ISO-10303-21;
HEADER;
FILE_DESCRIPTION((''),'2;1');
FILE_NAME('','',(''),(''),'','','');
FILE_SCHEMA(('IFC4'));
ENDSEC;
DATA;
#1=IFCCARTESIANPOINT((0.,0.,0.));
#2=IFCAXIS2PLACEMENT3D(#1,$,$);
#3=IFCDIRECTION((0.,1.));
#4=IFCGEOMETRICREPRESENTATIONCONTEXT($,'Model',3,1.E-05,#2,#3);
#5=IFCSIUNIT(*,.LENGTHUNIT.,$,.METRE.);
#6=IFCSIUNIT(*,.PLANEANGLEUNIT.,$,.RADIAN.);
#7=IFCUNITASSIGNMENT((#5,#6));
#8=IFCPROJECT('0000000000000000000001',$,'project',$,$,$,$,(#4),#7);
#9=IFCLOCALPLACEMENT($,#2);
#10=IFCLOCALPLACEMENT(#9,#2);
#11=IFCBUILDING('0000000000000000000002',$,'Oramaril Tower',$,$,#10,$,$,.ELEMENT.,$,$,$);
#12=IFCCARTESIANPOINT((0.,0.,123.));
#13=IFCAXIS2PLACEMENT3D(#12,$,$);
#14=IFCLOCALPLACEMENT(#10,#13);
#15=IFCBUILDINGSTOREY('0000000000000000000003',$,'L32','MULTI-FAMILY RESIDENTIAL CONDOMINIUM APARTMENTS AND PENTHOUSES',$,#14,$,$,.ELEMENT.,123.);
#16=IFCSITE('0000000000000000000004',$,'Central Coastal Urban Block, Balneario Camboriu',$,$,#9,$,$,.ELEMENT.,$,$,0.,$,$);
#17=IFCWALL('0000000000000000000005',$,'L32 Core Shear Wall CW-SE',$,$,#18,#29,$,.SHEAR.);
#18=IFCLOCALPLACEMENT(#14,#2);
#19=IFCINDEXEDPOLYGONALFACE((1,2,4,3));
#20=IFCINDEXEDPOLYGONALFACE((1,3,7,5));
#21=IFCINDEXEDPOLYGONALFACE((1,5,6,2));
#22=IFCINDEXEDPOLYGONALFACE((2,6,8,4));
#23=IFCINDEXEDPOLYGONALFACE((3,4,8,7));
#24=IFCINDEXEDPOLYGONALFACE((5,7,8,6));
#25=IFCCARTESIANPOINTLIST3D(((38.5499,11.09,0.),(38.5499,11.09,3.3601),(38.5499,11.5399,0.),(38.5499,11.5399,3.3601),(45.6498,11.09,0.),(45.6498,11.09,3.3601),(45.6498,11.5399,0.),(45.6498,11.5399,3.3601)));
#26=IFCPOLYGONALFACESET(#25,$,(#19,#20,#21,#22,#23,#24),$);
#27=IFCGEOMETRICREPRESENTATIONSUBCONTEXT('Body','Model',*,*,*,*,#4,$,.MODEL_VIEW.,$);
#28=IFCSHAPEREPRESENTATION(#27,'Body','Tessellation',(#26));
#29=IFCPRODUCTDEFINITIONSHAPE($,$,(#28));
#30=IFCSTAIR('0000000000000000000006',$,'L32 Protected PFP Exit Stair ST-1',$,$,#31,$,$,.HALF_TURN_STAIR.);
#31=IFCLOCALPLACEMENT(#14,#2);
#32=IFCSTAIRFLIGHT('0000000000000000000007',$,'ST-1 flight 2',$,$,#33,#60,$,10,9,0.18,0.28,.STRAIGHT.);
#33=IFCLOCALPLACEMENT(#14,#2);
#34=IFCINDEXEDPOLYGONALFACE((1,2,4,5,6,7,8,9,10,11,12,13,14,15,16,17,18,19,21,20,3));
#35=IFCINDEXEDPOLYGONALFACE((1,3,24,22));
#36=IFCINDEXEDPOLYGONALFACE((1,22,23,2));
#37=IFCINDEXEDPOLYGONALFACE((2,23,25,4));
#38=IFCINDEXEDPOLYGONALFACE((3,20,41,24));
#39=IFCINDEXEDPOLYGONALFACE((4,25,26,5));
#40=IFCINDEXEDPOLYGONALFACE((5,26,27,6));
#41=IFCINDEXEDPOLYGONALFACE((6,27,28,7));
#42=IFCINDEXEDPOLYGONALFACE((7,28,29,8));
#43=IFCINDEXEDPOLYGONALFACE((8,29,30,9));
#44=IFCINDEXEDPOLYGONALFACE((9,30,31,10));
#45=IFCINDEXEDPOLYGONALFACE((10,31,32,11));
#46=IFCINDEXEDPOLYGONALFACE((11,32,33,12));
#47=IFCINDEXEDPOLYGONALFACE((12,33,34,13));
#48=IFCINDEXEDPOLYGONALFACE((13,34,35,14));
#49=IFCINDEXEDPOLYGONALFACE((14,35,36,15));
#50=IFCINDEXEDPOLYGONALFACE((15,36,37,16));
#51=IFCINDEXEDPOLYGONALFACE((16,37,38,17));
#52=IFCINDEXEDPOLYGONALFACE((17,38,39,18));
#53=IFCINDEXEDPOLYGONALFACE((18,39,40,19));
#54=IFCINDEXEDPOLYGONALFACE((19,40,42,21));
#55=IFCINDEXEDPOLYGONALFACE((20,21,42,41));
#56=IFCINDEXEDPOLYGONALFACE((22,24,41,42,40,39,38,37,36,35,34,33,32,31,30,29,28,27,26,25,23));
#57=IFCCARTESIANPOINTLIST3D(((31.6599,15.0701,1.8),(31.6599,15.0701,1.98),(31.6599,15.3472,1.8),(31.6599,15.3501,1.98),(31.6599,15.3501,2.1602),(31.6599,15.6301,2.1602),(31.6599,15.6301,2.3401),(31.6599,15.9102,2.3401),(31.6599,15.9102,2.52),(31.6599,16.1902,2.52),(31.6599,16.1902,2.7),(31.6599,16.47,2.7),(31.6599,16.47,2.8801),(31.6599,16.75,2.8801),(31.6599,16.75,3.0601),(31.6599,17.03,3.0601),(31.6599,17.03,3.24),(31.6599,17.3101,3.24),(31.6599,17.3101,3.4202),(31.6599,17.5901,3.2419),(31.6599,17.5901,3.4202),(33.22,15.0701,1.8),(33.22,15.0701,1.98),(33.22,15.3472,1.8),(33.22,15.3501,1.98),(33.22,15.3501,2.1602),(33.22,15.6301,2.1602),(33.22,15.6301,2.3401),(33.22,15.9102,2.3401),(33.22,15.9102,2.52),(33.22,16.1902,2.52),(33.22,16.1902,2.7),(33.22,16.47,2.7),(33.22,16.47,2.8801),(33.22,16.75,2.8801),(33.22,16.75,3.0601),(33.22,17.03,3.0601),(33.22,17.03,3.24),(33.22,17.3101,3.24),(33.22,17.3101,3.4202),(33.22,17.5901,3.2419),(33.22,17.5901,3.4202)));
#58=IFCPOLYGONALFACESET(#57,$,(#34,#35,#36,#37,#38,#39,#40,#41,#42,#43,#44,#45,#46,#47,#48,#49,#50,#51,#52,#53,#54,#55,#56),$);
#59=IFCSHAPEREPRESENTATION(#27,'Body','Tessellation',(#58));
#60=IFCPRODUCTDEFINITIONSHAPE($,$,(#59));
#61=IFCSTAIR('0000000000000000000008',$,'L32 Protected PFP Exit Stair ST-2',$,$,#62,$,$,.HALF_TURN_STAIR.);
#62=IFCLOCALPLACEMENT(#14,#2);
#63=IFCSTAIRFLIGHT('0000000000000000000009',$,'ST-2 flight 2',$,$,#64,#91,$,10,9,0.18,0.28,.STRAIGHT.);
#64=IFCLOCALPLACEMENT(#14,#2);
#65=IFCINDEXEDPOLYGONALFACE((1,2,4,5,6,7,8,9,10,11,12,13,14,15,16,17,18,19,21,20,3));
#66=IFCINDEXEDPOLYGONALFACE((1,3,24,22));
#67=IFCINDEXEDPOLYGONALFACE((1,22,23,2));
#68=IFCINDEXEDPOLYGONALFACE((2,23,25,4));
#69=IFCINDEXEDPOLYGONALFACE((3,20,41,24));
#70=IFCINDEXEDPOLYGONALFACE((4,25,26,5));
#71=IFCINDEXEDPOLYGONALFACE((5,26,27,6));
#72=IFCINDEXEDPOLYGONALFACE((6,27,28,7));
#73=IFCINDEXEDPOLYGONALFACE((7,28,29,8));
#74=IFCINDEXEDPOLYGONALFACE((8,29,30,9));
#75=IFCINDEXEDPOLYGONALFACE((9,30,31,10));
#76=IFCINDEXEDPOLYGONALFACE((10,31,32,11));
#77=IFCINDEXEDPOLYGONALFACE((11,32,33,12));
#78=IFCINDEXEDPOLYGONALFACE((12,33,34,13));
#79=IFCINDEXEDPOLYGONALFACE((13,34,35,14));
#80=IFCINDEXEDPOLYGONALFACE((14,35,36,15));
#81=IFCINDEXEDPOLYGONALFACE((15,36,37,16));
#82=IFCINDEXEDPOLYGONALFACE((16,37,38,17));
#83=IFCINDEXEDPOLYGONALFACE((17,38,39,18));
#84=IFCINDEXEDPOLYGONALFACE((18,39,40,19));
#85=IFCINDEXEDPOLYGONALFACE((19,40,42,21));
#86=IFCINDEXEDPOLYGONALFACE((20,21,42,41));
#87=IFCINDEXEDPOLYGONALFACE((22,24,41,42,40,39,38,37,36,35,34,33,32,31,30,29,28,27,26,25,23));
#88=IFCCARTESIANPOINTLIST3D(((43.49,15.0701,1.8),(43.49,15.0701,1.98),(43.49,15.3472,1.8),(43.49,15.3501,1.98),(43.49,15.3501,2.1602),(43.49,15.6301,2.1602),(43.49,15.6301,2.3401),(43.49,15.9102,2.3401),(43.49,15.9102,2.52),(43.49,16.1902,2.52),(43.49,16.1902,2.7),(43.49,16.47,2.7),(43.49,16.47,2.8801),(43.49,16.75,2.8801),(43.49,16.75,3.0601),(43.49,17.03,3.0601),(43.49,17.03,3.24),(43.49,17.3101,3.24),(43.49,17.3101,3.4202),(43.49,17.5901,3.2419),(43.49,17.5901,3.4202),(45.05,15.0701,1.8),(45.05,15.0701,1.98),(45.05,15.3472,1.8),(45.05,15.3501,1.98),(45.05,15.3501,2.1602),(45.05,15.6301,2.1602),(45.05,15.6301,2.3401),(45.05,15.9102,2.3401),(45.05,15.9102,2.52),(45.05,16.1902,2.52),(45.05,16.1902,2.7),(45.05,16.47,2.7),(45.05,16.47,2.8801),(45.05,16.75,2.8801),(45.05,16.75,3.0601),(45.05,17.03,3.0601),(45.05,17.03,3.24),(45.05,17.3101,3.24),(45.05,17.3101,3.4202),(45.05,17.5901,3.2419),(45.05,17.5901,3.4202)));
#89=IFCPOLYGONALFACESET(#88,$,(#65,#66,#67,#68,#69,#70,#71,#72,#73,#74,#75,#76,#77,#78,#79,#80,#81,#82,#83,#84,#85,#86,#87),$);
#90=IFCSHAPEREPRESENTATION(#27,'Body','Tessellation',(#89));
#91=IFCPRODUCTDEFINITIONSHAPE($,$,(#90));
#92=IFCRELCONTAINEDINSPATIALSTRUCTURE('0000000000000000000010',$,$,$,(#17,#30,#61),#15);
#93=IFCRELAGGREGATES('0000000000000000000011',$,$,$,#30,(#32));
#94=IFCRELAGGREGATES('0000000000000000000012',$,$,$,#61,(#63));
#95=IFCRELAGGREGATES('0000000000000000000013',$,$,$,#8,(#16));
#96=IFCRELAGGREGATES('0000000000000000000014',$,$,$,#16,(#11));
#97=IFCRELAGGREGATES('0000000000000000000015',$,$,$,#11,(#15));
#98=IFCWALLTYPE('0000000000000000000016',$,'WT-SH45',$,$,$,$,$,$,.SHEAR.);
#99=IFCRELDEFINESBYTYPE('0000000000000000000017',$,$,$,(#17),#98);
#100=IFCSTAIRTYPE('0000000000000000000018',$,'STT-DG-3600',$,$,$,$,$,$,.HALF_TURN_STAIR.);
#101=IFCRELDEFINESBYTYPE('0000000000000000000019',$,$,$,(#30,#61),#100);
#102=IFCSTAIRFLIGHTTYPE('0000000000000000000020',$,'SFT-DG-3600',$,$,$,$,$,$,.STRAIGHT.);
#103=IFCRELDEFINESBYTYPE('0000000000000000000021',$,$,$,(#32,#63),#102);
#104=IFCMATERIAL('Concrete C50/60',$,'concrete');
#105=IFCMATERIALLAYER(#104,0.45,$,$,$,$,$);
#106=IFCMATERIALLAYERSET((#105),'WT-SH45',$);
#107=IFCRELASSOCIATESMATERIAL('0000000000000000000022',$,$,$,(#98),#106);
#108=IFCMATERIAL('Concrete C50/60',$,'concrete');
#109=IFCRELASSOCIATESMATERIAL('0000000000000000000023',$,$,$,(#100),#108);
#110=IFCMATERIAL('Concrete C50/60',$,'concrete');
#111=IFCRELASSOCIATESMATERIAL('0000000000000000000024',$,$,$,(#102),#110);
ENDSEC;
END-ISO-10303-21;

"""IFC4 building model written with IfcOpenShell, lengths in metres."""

from ifc_helpers import new_model, si_unit, direction, frame, frame_2d, origin, place, context, subcontext, project, spatial, polyline, rectangle, outline, extrude, material, layer, layer_set, type_object, element, aggregate, save


model = new_model("IFC4")

# Units and contexts
model_context = context("Model", 3, precision=1e-05, world=origin(), true_north=direction((0.0, 1.0)))
body_context = subcontext(model_context, "Body", "Model", "MODEL_VIEW")
ifc_project = project(units=[si_unit("LENGTHUNIT", "METRE"), si_unit("PLANEANGLEUNIT", "RADIAN")], contexts=[model_context])

# Site, building, storey
site_placement = place(None, origin())
site = spatial("IfcSite", under=ifc_project, at=site_placement, Name="Central Coastal Urban Block, Balneario Camboriu", CompositionType="ELEMENT", RefElevation=0.0)
building_placement = place(site_placement, origin())
building = spatial("IfcBuilding", under=site, at=building_placement, Name="Oramaril Tower", CompositionType="ELEMENT")
storey_placement = place(building_placement, frame((0.0, 0.0, 123.0)))
storey = spatial("IfcBuildingStorey", under=building, at=storey_placement, Name="L32", Description="MULTI-FAMILY RESIDENTIAL CONDOMINIUM APARTMENTS AND PENTHOUSES", CompositionType="ELEMENT", Elevation=123.0)

# Wall
ifc_material_1 = material(Name="Concrete C50/60", Category="concrete")
ifc_layer_1 = layer(ifc_material_1, 0.45)
ifc_layer_set_1 = layer_set([ifc_layer_1], Name="WT-SH45")
wall_type_1 = type_object("IfcWallType", Name="WT-SH45", PredefinedType="SHEAR", material=ifc_layer_set_1)
wall_1_placement = place(storey_placement, frame((38.55, 11.3149, 0.0), z_axis=(0.0, 0.0, 1.0), x_axis=(1.0, 0.0, 0.0)))
element("IfcWall", 1, at=wall_1_placement, inside=storey, type_object=wall_type_1, Name="L32 Core Shear Wall CW-SE", PredefinedType="SHEAR", context=body_context, shape_type="SweptSolid", body=[
    extrude(rectangle(XDim=7.0999, YDim=0.45, at=frame_2d((3.5498, 0.0))), origin(), (0.0, 0.0, 1.0), 3.3601),
])

# Stairs, stair flights
ifc_material_2 = material(Name="Concrete C50/60", Category="concrete")
stair_type = type_object("IfcStairType", Name="STT-DG-3600", PredefinedType="HALF_TURN_STAIR", material=ifc_material_2)
stair_1_placement = place(storey_placement, origin())
stair_1 = element("IfcStair", 2, at=stair_1_placement, inside=storey, type_object=stair_type, Name="L32 Protected PFP Exit Stair ST-1", PredefinedType="HALF_TURN_STAIR")
ifc_material_3 = material(Name="Concrete C50/60", Category="concrete")
stair_flight_type = type_object("IfcStairFlightType", Name="SFT-DG-3600", PredefinedType="STRAIGHT", material=ifc_material_3)
stair_flight_1_placement = place(storey_placement, frame((32.4399, 15.0701, 1.8), z_axis=(0.0, 0.0, 1.0), x_axis=(0.0, 1.0, 0.0)))
stair_flight_1 = element("IfcStairFlight", 3, at=stair_flight_1_placement, type_object=stair_flight_type, Name="ST-1 flight 2", NumberOfRisers=10, NumberOfTreads=9, PredefinedType="STRAIGHT", RiserHeight=0.18, TreadLength=0.28, context=body_context, shape_type="SweptSolid", body=[
    extrude(outline(polyline([(0.0, 0.0), (0.0, 0.1799), (0.28, 0.1799), (0.28, 0.3601), (0.5601, 0.3601), (0.5601, 0.54), (0.8401, 0.54), (0.8401, 0.72), (1.1201, 0.72), (1.1201, 0.8999), (1.3999, 0.8999), (1.3999, 1.0801), (1.6799, 1.0801), (1.6799, 1.26), (1.96, 1.26), (1.96, 1.4399), (2.24, 1.4399), (2.24, 1.6201), (2.52, 1.6201), (2.52, 1.8), (2.52, 1.4419), (0.2771, 0.0), (0.0, 0.0)])), frame((0.0, 0.78, 0.0), z_axis=(0.0, -1.0, 0.0), x_axis=(1.0, 0.0, 0.0)), (0.0, 0.0, 1.0), 1.5601),
])
aggregate(stair_1, [stair_flight_1])
stair_2_placement = place(storey_placement, origin())
stair_2 = element("IfcStair", 4, at=stair_2_placement, inside=storey, type_object=stair_type, Name="L32 Protected PFP Exit Stair ST-2", PredefinedType="HALF_TURN_STAIR")
stair_flight_2_placement = place(storey_placement, frame((44.27, 15.0701, 1.8), z_axis=(0.0, 0.0, 1.0), x_axis=(0.0, 1.0, 0.0)))
stair_flight_2 = element("IfcStairFlight", 5, at=stair_flight_2_placement, type_object=stair_flight_type, Name="ST-2 flight 2", NumberOfRisers=10, NumberOfTreads=9, PredefinedType="STRAIGHT", RiserHeight=0.18, TreadLength=0.28, context=body_context, shape_type="SweptSolid", body=[
    extrude(outline(polyline([(0.0, 0.0), (0.0, 0.1799), (0.28, 0.1799), (0.28, 0.3601), (0.5601, 0.3601), (0.5601, 0.54), (0.8401, 0.54), (0.8401, 0.72), (1.1201, 0.72), (1.1201, 0.8999), (1.3999, 0.8999), (1.3999, 1.0801), (1.6799, 1.0801), (1.6799, 1.26), (1.96, 1.26), (1.96, 1.4399), (2.24, 1.4399), (2.24, 1.6201), (2.52, 1.6201), (2.52, 1.8), (2.52, 1.4419), (0.2771, 0.0), (0.0, 0.0)])), frame((0.0, 0.78, 0.0), z_axis=(0.0, -1.0, 0.0), x_axis=(1.0, 0.0, 0.0)), (0.0, 0.0, 1.0), 1.5601),
])
aggregate(stair_2, [stair_flight_2])

save(model, "model.ifc")
